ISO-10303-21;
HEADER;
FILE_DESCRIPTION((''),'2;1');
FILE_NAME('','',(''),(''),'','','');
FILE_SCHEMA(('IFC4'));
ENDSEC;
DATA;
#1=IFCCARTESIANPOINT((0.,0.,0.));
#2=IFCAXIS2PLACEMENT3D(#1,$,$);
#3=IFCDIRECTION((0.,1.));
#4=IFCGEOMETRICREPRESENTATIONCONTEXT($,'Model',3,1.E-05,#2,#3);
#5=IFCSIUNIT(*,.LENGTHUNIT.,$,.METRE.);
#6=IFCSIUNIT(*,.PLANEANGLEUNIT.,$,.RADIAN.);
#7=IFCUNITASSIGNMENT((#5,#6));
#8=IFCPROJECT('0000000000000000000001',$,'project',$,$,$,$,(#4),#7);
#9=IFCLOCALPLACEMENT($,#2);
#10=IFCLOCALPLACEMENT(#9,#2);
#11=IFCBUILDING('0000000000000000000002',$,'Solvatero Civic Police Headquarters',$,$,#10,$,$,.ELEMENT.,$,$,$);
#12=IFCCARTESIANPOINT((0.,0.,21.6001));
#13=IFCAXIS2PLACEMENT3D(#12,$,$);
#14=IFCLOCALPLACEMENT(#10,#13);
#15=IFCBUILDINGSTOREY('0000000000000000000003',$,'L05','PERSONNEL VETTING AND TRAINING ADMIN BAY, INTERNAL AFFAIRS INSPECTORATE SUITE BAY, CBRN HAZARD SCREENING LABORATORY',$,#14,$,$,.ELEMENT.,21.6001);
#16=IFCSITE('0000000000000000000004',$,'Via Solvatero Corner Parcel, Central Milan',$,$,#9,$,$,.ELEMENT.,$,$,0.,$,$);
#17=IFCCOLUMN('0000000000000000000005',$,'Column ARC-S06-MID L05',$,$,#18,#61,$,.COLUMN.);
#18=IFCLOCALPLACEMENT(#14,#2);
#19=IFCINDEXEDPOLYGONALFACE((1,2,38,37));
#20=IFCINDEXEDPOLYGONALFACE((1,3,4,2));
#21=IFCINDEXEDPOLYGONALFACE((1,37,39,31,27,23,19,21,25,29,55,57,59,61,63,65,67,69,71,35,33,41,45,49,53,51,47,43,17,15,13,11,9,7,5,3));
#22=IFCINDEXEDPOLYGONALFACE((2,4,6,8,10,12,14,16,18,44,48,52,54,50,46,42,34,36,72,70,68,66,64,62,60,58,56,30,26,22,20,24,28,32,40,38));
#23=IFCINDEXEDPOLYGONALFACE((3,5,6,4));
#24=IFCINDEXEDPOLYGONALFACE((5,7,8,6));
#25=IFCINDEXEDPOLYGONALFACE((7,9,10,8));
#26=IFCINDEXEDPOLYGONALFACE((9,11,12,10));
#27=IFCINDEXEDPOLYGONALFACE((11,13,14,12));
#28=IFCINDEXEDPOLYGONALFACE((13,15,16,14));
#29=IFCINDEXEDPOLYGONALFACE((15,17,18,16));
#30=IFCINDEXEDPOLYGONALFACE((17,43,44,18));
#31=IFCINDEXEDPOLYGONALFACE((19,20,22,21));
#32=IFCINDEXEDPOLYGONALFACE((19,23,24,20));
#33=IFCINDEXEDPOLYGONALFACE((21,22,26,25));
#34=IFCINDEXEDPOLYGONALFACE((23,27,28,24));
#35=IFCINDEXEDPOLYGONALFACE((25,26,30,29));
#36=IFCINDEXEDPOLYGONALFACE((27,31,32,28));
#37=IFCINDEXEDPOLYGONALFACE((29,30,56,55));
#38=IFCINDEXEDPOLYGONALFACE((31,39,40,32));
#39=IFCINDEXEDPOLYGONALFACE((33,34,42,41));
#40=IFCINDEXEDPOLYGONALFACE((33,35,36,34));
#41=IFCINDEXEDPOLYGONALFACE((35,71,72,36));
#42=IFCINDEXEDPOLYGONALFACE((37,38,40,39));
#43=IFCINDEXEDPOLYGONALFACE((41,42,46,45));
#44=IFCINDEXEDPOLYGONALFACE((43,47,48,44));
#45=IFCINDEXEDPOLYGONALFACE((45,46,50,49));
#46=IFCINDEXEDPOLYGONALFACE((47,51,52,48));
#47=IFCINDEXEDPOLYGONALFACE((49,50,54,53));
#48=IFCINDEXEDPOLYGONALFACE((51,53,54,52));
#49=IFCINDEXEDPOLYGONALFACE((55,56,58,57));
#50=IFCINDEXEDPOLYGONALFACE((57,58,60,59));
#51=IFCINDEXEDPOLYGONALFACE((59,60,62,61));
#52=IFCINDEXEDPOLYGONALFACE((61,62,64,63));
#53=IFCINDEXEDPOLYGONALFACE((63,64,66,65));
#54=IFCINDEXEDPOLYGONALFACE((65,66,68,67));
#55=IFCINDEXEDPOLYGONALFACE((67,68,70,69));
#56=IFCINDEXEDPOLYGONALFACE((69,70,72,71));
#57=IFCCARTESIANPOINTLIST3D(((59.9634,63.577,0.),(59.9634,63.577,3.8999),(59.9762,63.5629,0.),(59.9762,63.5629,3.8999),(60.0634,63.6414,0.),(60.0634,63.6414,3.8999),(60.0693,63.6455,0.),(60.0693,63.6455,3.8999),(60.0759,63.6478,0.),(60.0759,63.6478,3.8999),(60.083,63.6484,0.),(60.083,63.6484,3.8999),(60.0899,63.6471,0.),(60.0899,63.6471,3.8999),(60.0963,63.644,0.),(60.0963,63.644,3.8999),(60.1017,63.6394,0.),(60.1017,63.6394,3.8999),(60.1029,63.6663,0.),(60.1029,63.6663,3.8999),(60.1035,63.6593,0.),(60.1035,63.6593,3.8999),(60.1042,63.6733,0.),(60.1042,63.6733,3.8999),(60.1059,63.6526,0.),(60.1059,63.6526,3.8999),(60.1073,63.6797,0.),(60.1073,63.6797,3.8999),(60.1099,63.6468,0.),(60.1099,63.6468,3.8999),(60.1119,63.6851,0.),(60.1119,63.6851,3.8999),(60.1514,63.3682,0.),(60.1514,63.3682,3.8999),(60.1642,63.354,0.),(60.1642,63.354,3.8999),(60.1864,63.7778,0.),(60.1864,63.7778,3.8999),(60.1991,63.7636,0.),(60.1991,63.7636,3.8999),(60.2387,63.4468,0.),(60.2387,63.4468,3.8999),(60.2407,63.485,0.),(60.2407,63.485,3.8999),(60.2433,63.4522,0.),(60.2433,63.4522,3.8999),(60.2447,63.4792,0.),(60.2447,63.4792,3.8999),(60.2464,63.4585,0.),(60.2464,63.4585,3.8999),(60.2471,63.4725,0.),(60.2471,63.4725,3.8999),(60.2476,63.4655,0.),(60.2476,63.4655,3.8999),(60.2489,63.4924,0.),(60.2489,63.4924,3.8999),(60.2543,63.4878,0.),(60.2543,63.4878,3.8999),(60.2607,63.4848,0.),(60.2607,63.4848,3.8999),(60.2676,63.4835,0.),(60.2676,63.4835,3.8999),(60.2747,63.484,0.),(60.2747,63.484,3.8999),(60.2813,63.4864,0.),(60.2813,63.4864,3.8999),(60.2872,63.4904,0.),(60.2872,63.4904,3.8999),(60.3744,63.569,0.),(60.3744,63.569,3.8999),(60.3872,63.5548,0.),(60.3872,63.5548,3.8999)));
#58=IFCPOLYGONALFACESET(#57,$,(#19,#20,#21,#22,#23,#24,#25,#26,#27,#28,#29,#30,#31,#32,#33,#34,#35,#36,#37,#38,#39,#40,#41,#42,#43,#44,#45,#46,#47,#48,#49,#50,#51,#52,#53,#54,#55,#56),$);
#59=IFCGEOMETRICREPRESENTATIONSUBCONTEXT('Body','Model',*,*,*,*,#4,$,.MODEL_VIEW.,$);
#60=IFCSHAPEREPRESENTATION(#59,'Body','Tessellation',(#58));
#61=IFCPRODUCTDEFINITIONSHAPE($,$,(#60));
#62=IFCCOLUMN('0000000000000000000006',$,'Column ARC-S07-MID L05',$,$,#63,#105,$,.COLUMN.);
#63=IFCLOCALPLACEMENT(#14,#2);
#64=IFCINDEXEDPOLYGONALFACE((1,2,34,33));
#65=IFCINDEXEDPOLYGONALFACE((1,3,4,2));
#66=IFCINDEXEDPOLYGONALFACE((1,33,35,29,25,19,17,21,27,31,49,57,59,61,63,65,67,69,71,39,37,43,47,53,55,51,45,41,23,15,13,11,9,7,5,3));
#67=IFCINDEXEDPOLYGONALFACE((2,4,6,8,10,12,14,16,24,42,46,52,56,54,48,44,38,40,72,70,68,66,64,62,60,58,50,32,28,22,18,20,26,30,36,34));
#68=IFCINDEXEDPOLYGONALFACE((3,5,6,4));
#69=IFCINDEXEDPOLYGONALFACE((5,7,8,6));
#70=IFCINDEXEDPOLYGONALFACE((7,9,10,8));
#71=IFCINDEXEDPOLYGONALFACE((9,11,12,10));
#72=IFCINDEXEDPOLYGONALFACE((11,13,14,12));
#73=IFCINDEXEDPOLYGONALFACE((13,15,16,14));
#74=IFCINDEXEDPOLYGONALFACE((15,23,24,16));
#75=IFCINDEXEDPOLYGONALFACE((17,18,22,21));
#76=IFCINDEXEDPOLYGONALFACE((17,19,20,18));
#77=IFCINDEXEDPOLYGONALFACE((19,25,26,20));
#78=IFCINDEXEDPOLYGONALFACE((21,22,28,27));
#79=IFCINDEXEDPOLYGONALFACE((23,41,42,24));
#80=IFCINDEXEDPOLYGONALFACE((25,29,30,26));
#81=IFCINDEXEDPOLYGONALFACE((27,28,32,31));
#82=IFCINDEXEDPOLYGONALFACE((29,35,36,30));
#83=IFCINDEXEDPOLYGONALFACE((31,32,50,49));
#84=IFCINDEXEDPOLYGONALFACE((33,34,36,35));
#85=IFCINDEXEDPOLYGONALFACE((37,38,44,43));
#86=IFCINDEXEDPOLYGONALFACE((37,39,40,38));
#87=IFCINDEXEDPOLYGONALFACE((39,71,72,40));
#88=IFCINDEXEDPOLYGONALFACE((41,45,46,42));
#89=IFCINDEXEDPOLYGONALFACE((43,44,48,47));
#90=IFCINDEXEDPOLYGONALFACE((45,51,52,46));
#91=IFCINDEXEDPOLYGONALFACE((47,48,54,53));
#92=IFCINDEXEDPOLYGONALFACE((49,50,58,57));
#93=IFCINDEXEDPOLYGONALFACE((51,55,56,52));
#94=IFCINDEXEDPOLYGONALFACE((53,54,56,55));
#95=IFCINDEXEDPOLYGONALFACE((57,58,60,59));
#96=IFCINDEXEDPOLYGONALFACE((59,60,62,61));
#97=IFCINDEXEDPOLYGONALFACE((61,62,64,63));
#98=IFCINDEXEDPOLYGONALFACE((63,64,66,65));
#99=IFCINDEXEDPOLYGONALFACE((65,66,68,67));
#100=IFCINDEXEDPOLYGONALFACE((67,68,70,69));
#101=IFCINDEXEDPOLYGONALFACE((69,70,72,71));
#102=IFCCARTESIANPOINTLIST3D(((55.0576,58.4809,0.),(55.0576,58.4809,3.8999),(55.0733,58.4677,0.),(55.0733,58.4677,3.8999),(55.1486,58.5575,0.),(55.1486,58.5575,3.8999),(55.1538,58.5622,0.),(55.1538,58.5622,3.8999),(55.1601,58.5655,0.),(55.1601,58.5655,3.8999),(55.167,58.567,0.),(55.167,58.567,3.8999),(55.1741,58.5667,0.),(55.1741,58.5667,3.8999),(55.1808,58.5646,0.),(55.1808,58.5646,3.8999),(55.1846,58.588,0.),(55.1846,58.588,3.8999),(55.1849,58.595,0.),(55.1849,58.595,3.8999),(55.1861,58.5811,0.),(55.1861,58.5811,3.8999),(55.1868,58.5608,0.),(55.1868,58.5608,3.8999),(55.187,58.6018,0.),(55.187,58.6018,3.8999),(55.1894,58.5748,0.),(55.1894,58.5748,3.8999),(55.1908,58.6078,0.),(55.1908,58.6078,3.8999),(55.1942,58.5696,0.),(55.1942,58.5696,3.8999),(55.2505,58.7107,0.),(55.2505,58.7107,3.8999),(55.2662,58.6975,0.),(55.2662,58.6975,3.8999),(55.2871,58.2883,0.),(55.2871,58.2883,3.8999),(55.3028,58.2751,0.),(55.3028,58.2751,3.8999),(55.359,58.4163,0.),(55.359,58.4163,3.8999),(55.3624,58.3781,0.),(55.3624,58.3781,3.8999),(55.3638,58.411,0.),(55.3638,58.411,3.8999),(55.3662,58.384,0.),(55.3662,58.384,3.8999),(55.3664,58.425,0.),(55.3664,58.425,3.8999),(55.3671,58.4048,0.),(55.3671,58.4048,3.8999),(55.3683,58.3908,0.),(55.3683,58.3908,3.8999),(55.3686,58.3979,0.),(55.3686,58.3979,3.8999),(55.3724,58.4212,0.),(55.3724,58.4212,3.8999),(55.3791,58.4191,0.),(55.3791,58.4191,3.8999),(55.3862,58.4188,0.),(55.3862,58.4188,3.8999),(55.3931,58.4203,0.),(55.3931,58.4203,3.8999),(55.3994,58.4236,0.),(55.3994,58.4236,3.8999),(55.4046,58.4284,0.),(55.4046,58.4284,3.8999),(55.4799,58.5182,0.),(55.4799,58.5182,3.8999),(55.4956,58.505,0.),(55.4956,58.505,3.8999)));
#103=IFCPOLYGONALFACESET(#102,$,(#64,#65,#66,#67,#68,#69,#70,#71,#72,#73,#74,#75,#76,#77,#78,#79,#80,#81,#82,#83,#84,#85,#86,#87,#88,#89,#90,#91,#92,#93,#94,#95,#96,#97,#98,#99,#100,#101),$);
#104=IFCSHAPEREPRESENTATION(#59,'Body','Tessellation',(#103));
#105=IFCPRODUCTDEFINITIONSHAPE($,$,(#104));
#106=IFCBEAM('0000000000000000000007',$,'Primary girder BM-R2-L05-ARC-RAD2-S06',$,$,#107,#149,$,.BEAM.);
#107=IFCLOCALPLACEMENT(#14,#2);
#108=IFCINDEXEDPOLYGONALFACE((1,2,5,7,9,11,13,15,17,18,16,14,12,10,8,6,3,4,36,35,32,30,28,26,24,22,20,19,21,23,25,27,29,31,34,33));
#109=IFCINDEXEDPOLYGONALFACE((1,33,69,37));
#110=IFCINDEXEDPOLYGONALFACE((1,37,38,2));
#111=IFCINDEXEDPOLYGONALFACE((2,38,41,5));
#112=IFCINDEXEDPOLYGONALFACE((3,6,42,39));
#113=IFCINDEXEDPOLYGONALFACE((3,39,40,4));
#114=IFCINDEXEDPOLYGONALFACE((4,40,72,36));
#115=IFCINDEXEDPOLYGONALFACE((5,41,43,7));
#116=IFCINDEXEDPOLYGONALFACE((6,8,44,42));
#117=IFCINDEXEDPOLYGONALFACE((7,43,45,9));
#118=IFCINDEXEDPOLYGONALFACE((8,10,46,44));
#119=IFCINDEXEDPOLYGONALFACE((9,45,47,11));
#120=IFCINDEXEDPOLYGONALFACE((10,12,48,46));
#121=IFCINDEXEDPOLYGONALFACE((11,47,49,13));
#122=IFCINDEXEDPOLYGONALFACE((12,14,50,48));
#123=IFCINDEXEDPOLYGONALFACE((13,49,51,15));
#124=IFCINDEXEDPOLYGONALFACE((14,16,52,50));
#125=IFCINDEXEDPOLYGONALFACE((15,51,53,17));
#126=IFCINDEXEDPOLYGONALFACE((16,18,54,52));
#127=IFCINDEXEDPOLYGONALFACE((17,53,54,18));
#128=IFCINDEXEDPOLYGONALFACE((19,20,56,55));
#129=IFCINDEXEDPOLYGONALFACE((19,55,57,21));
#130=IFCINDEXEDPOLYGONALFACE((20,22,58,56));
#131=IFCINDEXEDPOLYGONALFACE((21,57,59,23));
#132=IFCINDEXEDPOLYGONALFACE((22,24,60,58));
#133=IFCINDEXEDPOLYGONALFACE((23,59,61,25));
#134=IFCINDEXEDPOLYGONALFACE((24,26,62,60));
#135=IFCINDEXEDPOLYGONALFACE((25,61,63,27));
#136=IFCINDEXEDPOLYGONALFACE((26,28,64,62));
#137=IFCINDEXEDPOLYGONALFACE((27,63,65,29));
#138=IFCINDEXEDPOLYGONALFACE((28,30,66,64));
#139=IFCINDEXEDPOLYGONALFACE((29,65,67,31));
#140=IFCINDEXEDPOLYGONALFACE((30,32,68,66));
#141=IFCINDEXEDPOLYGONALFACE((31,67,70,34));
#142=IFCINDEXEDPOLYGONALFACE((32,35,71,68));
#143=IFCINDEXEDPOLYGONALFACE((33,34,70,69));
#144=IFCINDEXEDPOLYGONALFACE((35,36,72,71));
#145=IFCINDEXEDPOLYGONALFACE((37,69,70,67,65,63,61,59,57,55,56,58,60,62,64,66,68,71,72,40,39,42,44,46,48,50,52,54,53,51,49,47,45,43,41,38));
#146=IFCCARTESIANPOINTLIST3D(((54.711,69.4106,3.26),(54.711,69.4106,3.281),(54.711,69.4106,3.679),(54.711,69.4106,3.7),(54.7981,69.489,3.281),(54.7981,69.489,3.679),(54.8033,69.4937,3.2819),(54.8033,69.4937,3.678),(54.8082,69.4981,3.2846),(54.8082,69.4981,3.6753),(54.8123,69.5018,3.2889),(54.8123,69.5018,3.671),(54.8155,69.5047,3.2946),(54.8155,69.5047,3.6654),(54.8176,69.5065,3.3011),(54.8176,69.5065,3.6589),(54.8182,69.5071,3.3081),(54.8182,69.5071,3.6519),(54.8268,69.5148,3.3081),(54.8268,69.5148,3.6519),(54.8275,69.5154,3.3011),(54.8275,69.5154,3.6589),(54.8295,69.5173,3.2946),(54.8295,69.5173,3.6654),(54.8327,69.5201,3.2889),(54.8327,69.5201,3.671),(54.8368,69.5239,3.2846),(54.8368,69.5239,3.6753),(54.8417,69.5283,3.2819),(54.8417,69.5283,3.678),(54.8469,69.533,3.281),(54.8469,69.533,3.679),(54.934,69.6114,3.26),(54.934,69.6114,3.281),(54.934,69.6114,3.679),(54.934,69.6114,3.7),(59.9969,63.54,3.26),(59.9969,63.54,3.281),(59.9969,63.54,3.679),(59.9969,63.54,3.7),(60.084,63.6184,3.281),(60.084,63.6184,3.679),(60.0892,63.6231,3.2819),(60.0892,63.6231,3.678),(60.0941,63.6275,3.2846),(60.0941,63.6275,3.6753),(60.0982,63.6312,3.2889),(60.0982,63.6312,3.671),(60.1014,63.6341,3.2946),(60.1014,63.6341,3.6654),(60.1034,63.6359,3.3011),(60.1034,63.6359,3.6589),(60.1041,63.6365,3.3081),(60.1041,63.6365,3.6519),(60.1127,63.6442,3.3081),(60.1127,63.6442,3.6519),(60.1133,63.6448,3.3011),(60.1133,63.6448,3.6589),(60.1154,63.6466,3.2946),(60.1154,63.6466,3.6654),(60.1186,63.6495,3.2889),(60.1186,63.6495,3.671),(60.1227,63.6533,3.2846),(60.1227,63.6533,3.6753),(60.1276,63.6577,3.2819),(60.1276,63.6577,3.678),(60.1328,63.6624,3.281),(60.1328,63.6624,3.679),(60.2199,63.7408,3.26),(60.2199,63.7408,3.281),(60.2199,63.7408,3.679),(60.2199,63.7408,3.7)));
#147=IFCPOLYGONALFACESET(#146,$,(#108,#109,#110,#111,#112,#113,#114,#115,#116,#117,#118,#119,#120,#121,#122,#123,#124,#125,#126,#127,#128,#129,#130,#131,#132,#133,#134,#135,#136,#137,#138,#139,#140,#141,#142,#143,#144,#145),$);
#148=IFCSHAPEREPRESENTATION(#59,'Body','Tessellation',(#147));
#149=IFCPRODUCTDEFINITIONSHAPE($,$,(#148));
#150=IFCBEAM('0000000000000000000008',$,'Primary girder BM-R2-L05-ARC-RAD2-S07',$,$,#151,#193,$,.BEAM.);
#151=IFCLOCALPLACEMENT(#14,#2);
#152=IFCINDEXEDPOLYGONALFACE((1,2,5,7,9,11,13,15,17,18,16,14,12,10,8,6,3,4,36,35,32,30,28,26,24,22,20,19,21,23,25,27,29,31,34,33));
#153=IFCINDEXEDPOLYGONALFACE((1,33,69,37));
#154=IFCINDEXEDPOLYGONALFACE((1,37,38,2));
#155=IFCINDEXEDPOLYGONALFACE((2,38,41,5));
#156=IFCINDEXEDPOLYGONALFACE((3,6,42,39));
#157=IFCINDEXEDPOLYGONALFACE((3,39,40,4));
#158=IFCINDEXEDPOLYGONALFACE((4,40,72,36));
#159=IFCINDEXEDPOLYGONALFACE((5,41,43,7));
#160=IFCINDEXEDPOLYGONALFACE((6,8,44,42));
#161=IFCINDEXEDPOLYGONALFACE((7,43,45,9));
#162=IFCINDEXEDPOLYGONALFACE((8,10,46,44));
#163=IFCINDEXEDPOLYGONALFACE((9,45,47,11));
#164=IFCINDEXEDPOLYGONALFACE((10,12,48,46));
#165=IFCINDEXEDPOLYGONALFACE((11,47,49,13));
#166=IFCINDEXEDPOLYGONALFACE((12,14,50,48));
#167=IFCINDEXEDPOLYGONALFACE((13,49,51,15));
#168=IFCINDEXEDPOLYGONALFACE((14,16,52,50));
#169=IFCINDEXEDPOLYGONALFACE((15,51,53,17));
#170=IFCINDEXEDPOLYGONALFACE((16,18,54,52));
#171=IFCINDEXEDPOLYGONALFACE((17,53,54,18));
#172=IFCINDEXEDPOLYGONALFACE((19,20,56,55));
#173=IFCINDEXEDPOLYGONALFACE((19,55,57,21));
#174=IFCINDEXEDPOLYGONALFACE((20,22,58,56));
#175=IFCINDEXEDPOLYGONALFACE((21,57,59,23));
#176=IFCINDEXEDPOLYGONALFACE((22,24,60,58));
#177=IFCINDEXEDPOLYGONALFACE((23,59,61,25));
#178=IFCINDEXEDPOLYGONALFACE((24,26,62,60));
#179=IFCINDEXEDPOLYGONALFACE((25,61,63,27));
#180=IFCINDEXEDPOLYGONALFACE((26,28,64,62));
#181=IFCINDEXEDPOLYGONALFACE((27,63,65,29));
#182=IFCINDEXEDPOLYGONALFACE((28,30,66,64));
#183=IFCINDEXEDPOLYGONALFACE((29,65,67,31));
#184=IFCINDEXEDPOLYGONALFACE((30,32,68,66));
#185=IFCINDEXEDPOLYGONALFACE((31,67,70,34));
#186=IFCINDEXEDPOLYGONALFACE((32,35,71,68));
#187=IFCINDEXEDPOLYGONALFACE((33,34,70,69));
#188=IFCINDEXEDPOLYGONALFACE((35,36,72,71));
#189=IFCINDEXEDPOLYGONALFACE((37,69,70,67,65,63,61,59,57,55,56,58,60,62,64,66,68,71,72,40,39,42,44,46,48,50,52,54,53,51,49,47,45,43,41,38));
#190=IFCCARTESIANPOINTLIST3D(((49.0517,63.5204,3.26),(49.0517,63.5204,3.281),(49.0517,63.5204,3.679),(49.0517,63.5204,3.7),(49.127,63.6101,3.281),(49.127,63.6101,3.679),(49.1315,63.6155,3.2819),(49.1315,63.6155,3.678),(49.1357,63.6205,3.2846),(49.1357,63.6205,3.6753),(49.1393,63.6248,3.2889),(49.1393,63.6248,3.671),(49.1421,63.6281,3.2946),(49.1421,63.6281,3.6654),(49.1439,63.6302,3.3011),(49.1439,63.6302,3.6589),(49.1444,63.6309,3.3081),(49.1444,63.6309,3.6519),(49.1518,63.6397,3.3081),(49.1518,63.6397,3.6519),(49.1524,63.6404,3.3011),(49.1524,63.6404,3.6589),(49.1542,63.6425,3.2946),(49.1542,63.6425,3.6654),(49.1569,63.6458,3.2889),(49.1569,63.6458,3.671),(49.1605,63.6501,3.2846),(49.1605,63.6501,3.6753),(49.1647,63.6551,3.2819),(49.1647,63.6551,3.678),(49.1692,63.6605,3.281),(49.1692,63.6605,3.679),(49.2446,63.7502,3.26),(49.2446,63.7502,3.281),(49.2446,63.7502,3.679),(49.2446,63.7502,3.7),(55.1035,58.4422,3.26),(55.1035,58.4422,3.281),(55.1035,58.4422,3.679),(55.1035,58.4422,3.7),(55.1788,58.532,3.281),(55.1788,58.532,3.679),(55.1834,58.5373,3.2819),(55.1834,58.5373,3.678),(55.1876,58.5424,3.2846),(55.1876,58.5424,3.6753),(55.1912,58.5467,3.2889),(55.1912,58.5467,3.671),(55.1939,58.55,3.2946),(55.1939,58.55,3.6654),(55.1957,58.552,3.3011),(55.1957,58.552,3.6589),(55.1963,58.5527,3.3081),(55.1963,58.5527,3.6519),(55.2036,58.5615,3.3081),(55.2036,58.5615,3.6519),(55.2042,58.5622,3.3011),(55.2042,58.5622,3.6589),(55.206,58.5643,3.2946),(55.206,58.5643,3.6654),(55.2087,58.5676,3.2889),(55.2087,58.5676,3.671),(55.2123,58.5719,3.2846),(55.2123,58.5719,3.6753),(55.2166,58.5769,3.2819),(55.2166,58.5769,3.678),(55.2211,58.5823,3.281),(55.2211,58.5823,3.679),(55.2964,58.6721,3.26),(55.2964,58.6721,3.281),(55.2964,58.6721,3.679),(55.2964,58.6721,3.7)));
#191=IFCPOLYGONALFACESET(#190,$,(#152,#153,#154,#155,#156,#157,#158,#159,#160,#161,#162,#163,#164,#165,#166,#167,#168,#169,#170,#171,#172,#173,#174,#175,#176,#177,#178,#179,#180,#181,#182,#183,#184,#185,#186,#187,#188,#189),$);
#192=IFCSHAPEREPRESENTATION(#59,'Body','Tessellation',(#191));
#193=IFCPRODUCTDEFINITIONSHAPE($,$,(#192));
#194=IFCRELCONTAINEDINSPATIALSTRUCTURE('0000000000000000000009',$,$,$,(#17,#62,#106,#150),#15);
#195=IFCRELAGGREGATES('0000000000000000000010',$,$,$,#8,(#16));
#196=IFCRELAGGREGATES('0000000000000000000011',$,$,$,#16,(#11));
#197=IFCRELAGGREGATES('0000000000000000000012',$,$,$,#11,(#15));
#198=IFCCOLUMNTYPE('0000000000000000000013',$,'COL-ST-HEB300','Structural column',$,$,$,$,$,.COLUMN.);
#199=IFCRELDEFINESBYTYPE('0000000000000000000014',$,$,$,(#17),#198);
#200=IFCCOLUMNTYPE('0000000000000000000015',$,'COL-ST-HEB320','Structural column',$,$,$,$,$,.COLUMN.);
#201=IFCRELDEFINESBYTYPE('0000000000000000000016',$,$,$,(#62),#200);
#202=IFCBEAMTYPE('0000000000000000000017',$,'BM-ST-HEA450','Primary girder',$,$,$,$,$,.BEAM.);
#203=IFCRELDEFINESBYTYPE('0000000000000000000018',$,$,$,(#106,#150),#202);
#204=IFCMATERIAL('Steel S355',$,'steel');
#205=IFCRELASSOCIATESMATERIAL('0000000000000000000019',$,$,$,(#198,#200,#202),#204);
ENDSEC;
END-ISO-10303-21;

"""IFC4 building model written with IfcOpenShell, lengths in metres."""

from ifc_helpers import new_model, si_unit, direction, frame, origin, origin_2d, place, context, subcontext, project, spatial, i_section, extrude, material, material_profile, profile_set, type_object, element, save


model = new_model("IFC4")

# Units and contexts
model_context = context("Model", 3, precision=1e-05, world=origin(), true_north=direction((0.0, 1.0)))
body_context = subcontext(model_context, "Body", "Model", "MODEL_VIEW")
ifc_project = project(units=[si_unit("LENGTHUNIT", "METRE"), si_unit("PLANEANGLEUNIT", "RADIAN")], contexts=[model_context])

# Site, building, storey
site_placement = place(None, origin())
site = spatial("IfcSite", under=ifc_project, at=site_placement, Name="Via Solvatero Corner Parcel, Central Milan", CompositionType="ELEMENT", RefElevation=0.0)
building_placement = place(site_placement, origin())
building = spatial("IfcBuilding", under=site, at=building_placement, Name="Solvatero Civic Police Headquarters", CompositionType="ELEMENT")
storey_placement = place(building_placement, frame((0.0, 0.0, 21.6001)))
storey = spatial("IfcBuildingStorey", under=building, at=storey_placement, Name="L05", Description="PERSONNEL VETTING AND TRAINING ADMIN BAY, INTERNAL AFFAIRS INSPECTORATE SUITE BAY, CBRN HAZARD SCREENING LABORATORY", CompositionType="ELEMENT", Elevation=21.6001)

# Columns
ifc_material_1 = material(Name="Steel S355", Category="steel")
ifc_material_profile_1 = material_profile(ifc_material_1, i_section(OverallWidth=0.3, OverallDepth=0.3, WebThickness=0.011, FlangeThickness=0.019, FilletRadius=0.0271, at=origin_2d()), Name="HEB 300")
ifc_profile_set_1 = profile_set([ifc_material_profile_1], Name="Steel S355")
column_type_1 = type_object("IfcColumnType", Name="COL-ST-HEB300", Description="Structural column", PredefinedType="COLUMN", material=ifc_profile_set_1)
column_1_placement = place(storey_placement, frame((60.1753, 63.5659, 0.0), z_axis=(0.0, 0.0, 1.0), x_axis=(0.743145, 0.669131, 0.0)))
element("IfcColumn", 1, at=column_1_placement, inside=storey, type_object=column_type_1, Name="Column ARC-S06-MID L05", PredefinedType="COLUMN", context=body_context, shape_type="SweptSolid", body=[
    extrude(i_section(OverallWidth=0.3, OverallDepth=0.3, WebThickness=0.011, FlangeThickness=0.019, FilletRadius=0.0271, at=origin_2d()), origin(), (0.0, 0.0, 1.0), 3.8999),
])
ifc_material_profile_2 = material_profile(ifc_material_1, i_section(OverallWidth=0.3, OverallDepth=0.3201, WebThickness=0.0115, FlangeThickness=0.0205, FilletRadius=0.0271, at=origin_2d()), Name="HEB 320")
ifc_profile_set_2 = profile_set([ifc_material_profile_2], Name="Steel S355")
column_type_2 = type_object("IfcColumnType", Name="COL-ST-HEB320", Description="Structural column", PredefinedType="COLUMN", material=ifc_profile_set_2)
column_2_placement = place(storey_placement, frame((55.2766, 58.4929, 0.0), z_axis=(0.0, 0.0, 1.0), x_axis=(0.642788, 0.766044, 0.0)))
element("IfcColumn", 2, at=column_2_placement, inside=storey, type_object=column_type_2, Name="Column ARC-S07-MID L05", PredefinedType="COLUMN", context=body_context, shape_type="SweptSolid", body=[
    extrude(i_section(OverallWidth=0.3, OverallDepth=0.3201, WebThickness=0.0115, FlangeThickness=0.0205, FilletRadius=0.0271, at=origin_2d()), origin(), (0.0, 0.0, 1.0), 3.8999),
])

# Beams
ifc_material_profile_3 = material_profile(ifc_material_1, i_section(OverallWidth=0.3, OverallDepth=0.4399, WebThickness=0.0115, FlangeThickness=0.021, FilletRadius=0.0271, at=origin_2d()), Name="HEA 450")
ifc_profile_set_3 = profile_set([ifc_material_profile_3], Name="Steel S355")
beam_type_1 = type_object("IfcBeamType", Name="BM-ST-HEA450", Description="Primary girder", PredefinedType="BEAM", material=ifc_profile_set_3)
beam_1_placement = place(storey_placement, frame((60.1084, 63.6404, 3.48), z_axis=(-0.669129, 0.743147, 0.0), x_axis=(-0.743147, -0.669129, 0.0)))
element("IfcBeam", 3, at=beam_1_placement, inside=storey, type_object=beam_type_1, Name="Primary girder BM-R2-L05-ARC-RAD2-S06", PredefinedType="BEAM", context=body_context, shape_type="SweptSolid", body=[
    extrude(i_section(OverallWidth=0.3, OverallDepth=0.4399, WebThickness=0.0115, FlangeThickness=0.021, FilletRadius=0.0271, at=origin_2d()), origin(), (0.0, 0.0, 1.0), 7.8997),
])
beam_2_placement = place(storey_placement, frame((55.2, 58.5571, 3.48), z_axis=(-0.766038, 0.642795, 0.0), x_axis=(-0.642795, -0.766038, 0.0)))
element("IfcBeam", 4, at=beam_2_placement, inside=storey, type_object=beam_type_1, Name="Primary girder BM-R2-L05-ARC-RAD2-S07", PredefinedType="BEAM", context=body_context, shape_type="SweptSolid", body=[
    extrude(i_section(OverallWidth=0.3, OverallDepth=0.4399, WebThickness=0.0115, FlangeThickness=0.021, FilletRadius=0.0271, at=origin_2d()), origin(), (0.0, 0.0, 1.0), 7.9001),
])

save(model, "model.ifc")
